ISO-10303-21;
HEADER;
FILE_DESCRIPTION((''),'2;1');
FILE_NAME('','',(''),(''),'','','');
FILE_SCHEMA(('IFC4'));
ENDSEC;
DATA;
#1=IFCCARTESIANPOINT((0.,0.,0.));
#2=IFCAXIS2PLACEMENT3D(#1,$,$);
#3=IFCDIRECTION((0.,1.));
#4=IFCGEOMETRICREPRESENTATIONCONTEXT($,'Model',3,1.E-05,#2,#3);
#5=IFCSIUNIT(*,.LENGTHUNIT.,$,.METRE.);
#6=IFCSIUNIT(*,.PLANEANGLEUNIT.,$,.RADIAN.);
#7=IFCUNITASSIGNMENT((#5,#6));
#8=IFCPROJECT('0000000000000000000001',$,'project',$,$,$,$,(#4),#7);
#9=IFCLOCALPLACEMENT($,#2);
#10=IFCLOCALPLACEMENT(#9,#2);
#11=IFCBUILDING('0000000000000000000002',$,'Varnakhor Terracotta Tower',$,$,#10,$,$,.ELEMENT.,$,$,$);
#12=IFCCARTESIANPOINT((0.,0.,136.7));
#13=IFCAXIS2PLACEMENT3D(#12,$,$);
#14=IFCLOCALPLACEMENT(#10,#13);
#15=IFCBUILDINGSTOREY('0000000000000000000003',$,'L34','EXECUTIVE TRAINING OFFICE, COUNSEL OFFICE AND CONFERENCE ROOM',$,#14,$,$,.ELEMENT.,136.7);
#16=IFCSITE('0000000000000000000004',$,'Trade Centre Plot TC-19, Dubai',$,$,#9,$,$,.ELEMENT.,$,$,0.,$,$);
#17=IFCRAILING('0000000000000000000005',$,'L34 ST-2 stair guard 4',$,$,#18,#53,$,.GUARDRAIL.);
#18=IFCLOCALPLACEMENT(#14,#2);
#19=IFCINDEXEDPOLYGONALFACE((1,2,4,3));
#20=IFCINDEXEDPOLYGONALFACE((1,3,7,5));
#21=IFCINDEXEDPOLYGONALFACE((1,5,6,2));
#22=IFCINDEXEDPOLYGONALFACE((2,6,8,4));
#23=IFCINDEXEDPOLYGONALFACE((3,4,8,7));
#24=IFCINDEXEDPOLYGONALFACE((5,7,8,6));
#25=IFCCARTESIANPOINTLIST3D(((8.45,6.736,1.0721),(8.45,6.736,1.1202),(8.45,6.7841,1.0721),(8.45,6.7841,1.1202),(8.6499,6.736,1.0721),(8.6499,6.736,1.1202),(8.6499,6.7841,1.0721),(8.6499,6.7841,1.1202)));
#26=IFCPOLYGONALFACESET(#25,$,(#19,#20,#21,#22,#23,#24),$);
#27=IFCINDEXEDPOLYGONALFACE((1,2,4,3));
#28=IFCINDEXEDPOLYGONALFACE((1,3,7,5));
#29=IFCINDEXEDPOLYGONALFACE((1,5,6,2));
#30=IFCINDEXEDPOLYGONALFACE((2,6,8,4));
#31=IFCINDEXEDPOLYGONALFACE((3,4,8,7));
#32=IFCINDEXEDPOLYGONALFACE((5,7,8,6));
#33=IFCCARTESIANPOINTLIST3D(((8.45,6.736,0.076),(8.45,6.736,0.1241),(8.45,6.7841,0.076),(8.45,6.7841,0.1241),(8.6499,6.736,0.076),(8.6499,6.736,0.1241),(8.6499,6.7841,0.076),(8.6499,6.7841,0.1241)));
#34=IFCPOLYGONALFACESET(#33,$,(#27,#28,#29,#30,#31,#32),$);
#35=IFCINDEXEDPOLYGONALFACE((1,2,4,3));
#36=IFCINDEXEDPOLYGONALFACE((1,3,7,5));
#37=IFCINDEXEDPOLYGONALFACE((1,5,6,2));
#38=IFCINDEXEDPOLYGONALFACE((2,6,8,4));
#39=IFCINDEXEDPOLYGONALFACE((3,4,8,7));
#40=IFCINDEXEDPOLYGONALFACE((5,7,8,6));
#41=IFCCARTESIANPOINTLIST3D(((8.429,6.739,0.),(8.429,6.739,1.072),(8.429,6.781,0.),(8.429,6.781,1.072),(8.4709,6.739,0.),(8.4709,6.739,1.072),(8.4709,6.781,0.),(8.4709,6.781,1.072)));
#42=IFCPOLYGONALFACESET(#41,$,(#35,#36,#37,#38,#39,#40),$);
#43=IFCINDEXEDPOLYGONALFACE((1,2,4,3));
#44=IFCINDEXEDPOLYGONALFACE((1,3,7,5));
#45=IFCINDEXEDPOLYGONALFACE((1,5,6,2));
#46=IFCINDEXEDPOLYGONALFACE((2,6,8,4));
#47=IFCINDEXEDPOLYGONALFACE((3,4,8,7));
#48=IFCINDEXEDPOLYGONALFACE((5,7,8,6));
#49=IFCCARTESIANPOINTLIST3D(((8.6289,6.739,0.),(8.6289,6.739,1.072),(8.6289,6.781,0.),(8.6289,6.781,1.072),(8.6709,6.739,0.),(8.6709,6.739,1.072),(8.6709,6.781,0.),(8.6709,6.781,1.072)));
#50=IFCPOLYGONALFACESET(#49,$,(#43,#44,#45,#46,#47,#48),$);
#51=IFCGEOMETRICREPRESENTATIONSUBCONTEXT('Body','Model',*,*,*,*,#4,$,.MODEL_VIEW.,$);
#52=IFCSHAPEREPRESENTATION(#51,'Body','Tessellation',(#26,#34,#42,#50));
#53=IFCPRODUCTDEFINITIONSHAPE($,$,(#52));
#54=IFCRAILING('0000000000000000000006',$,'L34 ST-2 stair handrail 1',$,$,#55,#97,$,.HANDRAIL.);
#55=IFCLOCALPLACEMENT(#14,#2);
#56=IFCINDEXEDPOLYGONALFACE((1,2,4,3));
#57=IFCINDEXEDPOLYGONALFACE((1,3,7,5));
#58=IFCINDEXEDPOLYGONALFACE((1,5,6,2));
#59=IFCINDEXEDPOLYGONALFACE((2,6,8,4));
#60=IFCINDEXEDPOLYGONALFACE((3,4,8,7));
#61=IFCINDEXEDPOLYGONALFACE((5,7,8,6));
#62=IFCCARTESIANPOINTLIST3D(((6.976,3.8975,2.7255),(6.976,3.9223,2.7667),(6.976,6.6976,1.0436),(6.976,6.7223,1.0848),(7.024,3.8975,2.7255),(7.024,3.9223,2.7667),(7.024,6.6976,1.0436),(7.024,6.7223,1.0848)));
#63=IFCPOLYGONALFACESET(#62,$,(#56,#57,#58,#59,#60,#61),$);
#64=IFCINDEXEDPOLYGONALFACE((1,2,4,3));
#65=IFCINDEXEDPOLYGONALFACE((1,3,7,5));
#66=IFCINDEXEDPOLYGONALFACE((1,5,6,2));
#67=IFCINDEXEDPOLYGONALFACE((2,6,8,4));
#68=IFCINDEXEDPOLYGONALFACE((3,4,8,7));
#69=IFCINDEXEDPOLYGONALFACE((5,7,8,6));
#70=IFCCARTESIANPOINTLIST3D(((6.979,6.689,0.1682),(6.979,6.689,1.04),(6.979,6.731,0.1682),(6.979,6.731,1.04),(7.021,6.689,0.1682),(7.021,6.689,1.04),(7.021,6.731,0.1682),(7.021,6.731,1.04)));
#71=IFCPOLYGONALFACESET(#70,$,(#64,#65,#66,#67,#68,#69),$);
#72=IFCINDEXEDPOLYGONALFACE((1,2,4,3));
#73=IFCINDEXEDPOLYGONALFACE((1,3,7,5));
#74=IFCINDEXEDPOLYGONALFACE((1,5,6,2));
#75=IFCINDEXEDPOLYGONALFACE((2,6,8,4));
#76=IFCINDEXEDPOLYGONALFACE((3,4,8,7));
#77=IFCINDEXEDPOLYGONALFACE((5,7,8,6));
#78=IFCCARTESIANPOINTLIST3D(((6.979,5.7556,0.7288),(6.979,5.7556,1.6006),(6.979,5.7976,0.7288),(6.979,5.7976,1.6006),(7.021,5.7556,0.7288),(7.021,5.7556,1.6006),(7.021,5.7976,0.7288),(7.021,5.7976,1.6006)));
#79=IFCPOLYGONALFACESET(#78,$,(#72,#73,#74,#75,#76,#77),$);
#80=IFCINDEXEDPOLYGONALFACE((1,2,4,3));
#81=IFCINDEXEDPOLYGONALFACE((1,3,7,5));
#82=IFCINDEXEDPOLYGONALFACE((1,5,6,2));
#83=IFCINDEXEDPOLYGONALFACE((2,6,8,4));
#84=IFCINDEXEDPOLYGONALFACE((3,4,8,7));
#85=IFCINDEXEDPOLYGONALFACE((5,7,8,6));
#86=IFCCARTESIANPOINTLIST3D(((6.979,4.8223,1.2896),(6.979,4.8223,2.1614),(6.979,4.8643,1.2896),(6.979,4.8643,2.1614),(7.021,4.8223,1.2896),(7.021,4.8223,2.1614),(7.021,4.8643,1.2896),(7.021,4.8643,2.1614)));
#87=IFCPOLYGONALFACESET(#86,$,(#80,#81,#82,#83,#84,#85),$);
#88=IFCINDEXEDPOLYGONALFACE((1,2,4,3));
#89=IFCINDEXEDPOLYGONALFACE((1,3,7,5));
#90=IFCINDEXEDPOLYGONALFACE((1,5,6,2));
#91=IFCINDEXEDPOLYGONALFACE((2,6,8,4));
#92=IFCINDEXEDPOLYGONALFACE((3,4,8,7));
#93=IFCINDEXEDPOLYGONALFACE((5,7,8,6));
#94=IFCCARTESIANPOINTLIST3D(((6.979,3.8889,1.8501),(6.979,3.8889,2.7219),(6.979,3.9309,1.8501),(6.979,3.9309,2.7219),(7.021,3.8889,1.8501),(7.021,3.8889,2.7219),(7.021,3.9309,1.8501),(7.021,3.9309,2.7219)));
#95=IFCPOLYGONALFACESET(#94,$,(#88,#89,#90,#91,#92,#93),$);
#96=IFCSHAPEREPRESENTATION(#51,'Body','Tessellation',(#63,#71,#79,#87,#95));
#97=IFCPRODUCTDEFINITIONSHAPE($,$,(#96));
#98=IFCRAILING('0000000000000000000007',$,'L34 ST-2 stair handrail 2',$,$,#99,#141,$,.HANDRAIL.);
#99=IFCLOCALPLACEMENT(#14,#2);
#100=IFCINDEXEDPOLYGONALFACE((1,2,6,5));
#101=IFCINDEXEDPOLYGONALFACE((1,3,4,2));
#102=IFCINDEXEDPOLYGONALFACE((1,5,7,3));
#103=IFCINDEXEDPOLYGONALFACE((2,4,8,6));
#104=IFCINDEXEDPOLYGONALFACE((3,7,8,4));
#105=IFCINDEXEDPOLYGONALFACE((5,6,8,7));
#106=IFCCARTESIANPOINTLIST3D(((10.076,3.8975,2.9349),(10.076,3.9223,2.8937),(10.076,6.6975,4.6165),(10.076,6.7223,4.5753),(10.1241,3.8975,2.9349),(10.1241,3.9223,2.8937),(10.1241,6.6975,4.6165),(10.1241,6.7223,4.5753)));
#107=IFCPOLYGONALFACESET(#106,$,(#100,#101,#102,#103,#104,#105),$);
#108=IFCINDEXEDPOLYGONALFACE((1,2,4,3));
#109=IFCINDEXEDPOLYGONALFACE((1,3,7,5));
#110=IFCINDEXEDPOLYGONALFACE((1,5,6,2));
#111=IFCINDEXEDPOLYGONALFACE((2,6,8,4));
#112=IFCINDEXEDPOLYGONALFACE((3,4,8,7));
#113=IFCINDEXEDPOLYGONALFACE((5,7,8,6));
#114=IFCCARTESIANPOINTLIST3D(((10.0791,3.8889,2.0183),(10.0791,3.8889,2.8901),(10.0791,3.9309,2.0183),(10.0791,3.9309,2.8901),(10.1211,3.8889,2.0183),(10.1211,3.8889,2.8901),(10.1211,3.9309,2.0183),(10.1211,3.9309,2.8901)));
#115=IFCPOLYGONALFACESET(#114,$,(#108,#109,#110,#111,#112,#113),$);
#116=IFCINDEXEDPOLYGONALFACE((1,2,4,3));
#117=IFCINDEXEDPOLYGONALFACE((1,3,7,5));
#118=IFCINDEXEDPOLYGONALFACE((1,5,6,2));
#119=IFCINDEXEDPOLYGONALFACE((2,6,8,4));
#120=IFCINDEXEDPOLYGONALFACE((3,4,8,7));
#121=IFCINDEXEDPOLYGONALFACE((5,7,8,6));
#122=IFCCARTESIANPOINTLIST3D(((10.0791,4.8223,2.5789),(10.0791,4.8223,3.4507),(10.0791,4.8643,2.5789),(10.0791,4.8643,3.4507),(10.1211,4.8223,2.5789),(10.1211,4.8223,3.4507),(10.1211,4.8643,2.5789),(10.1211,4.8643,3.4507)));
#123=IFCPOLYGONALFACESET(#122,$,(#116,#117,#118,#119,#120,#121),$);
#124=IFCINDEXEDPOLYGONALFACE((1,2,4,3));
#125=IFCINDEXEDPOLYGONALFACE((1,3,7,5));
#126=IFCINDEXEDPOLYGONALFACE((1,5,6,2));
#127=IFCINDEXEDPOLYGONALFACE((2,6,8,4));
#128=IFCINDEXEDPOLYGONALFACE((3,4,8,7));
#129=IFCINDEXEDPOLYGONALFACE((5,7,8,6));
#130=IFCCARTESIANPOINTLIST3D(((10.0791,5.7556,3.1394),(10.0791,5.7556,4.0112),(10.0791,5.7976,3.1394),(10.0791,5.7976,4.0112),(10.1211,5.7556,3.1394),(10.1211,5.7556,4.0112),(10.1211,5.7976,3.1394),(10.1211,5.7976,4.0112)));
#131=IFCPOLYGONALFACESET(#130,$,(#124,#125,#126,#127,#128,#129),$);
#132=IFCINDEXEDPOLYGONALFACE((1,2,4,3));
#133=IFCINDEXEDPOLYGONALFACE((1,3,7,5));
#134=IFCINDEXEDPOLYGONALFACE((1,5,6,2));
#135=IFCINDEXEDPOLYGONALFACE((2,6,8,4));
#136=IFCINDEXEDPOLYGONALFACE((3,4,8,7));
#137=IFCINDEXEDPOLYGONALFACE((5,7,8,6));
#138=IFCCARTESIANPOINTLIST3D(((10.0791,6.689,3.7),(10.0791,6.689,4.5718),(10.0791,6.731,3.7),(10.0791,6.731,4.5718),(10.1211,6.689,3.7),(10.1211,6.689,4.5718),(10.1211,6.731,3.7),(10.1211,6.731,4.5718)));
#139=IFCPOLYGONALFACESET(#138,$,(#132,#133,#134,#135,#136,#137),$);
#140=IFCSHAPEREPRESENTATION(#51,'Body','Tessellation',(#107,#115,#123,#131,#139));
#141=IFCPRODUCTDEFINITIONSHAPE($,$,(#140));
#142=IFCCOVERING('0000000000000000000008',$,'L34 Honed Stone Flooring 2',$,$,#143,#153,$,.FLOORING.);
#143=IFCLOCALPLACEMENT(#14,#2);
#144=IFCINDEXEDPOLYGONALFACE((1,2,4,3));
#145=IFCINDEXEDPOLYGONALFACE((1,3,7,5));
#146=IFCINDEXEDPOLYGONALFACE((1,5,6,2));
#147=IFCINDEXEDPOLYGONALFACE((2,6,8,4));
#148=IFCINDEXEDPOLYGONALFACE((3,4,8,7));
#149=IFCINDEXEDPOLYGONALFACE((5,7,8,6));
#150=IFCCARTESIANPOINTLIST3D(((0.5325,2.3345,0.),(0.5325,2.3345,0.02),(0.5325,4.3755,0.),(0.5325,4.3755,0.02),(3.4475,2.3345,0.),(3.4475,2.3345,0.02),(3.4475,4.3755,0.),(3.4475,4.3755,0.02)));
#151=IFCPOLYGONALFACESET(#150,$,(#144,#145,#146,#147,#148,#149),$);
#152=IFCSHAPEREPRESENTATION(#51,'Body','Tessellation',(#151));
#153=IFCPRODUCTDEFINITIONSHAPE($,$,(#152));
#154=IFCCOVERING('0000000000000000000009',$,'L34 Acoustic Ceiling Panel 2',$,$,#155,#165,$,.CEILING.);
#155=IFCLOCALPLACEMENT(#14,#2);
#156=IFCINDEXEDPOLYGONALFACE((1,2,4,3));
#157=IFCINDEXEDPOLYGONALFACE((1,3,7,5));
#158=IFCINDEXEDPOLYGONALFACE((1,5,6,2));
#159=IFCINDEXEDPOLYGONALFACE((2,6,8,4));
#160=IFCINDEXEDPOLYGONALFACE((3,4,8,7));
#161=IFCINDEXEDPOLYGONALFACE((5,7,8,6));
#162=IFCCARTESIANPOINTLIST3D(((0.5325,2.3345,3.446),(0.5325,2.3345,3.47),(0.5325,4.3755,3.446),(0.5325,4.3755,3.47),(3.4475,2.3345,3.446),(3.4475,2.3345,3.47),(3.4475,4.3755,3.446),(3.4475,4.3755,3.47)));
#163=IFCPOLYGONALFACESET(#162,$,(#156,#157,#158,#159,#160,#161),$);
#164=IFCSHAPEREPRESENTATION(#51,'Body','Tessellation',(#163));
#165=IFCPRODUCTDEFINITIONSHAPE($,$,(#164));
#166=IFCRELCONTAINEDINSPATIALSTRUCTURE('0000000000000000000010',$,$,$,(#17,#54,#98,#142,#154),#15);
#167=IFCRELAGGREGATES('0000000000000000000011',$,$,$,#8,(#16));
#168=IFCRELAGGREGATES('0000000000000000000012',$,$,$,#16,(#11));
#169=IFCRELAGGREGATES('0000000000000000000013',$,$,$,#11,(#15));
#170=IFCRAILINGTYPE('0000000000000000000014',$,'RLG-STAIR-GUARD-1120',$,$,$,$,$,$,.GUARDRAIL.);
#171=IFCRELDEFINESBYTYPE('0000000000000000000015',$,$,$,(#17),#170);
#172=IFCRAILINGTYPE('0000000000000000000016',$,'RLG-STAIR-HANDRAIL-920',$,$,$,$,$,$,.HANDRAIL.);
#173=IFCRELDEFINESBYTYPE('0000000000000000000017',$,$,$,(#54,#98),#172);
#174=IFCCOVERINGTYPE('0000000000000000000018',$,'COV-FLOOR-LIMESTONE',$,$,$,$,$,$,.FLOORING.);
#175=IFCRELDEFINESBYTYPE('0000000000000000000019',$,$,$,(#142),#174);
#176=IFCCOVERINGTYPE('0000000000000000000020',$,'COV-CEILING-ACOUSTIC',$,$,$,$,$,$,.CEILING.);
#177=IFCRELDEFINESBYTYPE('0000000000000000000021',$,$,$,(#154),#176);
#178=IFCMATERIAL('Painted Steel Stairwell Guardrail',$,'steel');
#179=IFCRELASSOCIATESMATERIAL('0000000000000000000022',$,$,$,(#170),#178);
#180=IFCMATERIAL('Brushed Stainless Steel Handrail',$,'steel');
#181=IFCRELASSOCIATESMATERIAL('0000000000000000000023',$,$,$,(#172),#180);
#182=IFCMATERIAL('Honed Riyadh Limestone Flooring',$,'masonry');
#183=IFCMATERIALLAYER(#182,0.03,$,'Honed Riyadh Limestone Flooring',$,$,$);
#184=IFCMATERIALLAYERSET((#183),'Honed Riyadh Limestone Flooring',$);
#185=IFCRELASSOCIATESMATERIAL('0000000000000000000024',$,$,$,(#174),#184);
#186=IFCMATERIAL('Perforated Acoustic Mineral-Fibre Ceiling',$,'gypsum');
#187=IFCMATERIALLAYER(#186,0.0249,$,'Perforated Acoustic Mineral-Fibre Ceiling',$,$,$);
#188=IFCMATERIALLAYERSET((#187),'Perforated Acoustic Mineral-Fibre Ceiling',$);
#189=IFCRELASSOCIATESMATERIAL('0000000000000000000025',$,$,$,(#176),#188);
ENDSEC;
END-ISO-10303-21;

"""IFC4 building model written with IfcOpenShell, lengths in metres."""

from ifc_helpers import new_model, si_unit, direction, frame, origin, origin_2d, place, context, subcontext, project, spatial, rectangle, extrude, source, transform, mapped, material, layer, layer_set, type_object, element, save


model = new_model("IFC4")

# Units and contexts
model_context = context("Model", 3, precision=1e-05, world=origin(), true_north=direction((0.0, 1.0)))
body_context = subcontext(model_context, "Body", "Model", "MODEL_VIEW")
ifc_project = project(units=[si_unit("LENGTHUNIT", "METRE"), si_unit("PLANEANGLEUNIT", "RADIAN")], contexts=[model_context])

# Site, building, storey
site_placement = place(None, origin())
site = spatial("IfcSite", under=ifc_project, at=site_placement, Name="Trade Centre Plot TC-19, Dubai", CompositionType="ELEMENT", RefElevation=0.0)
building_placement = place(site_placement, origin())
building = spatial("IfcBuilding", under=site, at=building_placement, Name="Varnakhor Terracotta Tower", CompositionType="ELEMENT")
storey_placement = place(building_placement, frame((0.0, 0.0, 136.7)))
storey = spatial("IfcBuildingStorey", under=building, at=storey_placement, Name="L34", Description="EXECUTIVE TRAINING OFFICE, COUNSEL OFFICE AND CONFERENCE ROOM", CompositionType="ELEMENT", Elevation=136.7)

# Railings
ifc_material_1 = material(Name="Painted Steel Stairwell Guardrail", Category="steel")
railing_type_1 = type_object("IfcRailingType", Name="RLG-STAIR-GUARD-1120", PredefinedType="GUARDRAIL", material=ifc_material_1)
railing_1_placement = place(storey_placement, frame((8.45, 6.76, 0.0)))
element("IfcRailing", 1, at=railing_1_placement, inside=storey, type_object=railing_type_1, Name="L34 ST-2 stair guard 4", PredefinedType="GUARDRAIL", context=body_context, shape_type="SweptSolid", body=[
    extrude(rectangle(XDim=0.0481, YDim=0.0481, at=origin_2d()), frame((0.0, 0.0, 1.0962), z_axis=(1.0, 0.0, 0.0), x_axis=(0.0, 1.0, 0.0)), (0.0, 0.0, 1.0), 0.2),
    extrude(rectangle(XDim=0.0481, YDim=0.0481, at=origin_2d()), frame((0.0, 0.0, 0.1001), z_axis=(1.0, 0.0, 0.0), x_axis=(0.0, 1.0, 0.0)), (0.0, 0.0, 1.0), 0.2),
    extrude(rectangle(XDim=0.042, YDim=0.042, at=origin_2d()), origin(), (0.0, 0.0, 1.0), 1.072),
    extrude(rectangle(XDim=0.042, YDim=0.042, at=origin_2d()), frame((0.2, 0.0, 0.0)), (0.0, 0.0, 1.0), 1.072),
])
ifc_material_2 = material(Name="Brushed Stainless Steel Handrail", Category="steel")
railing_type_2 = type_object("IfcRailingType", Name="RLG-STAIR-HANDRAIL-920", PredefinedType="HANDRAIL", material=ifc_material_2)
railing_2_placement = place(storey_placement, frame((7.0, 6.71, 0.1682)))
element("IfcRailing", 2, at=railing_2_placement, inside=storey, type_object=railing_type_2, Name="L34 ST-2 stair handrail 1", PredefinedType="HANDRAIL", context=body_context, shape_type="SweptSolid", body=[
    extrude(rectangle(XDim=0.0481, YDim=0.0481, at=origin_2d()), frame((0.0, 0.0, 0.896), z_axis=(0.0, -0.857242, 0.514913), x_axis=(1.0, 0.0, 0.0)), (0.0, 0.0, 1.0), 3.2664),
    extrude(rectangle(XDim=0.042, YDim=0.042, at=origin_2d()), origin(), (0.0, 0.0, 1.0), 0.8718),
    extrude(rectangle(XDim=0.042, YDim=0.042, at=origin_2d()), frame((0.0, -0.9333, 0.5605)), (0.0, 0.0, 1.0), 0.8718),
    extrude(rectangle(XDim=0.042, YDim=0.042, at=origin_2d()), frame((0.0, -1.8667, 1.1213)), (0.0, 0.0, 1.0), 0.8718),
    extrude(rectangle(XDim=0.042, YDim=0.042, at=origin_2d()), frame((0.0, -2.8, 1.6819)), (0.0, 0.0, 1.0), 0.8718),
])
railing_3_placement = place(storey_placement, frame((10.1001, 3.9099, 2.0183)))
element("IfcRailing", 3, at=railing_3_placement, inside=storey, type_object=railing_type_2, Name="L34 ST-2 stair handrail 2", PredefinedType="HANDRAIL", context=body_context, shape_type="SweptSolid", body=[
    extrude(rectangle(XDim=0.0481, YDim=0.0481, at=origin_2d()), frame((0.0, 0.0, 0.896), z_axis=(0.0, 0.857275, 0.514858), x_axis=(-1.0, 0.0, 0.0)), (0.0, 0.0, 1.0), 3.2661),
    extrude(rectangle(XDim=0.042, YDim=0.042, at=origin_2d()), origin(), (0.0, 0.0, 1.0), 0.8718),
    extrude(rectangle(XDim=0.042, YDim=0.042, at=origin_2d()), frame((0.0, 0.9333, 0.5605)), (0.0, 0.0, 1.0), 0.8718),
    extrude(rectangle(XDim=0.042, YDim=0.042, at=origin_2d()), frame((0.0, 1.8667, 1.1211)), (0.0, 0.0, 1.0), 0.8718),
    extrude(rectangle(XDim=0.042, YDim=0.042, at=origin_2d()), frame((0.0, 2.8, 1.6816)), (0.0, 0.0, 1.0), 0.8718),
])

# Coverings
ifc_material_3 = material(Name="Honed Riyadh Limestone Flooring", Category="masonry")
ifc_layer_1 = layer(ifc_material_3, 0.03, Name="Honed Riyadh Limestone Flooring")
ifc_layer_set_1 = layer_set([ifc_layer_1], Name="Honed Riyadh Limestone Flooring")
covering_type_1 = type_object("IfcCoveringType", Name="COV-FLOOR-LIMESTONE", PredefinedType="FLOORING", material=ifc_layer_set_1)
shared_shape_1 = source(origin(), body_context, "Body", "SweptSolid", [
    extrude(rectangle(XDim=2.915, YDim=2.041, at=origin_2d()), origin(), (0.0, 0.0, 1.0), 0.02),
])
covering_1_placement = place(storey_placement, frame((1.99, 3.355, 0.0), z_axis=(0.0, 0.0, 1.0), x_axis=(1.0, 0.0, 0.0)))
element("IfcCovering", 4, at=covering_1_placement, inside=storey, type_object=covering_type_1, Name="L34 Honed Stone Flooring 2", PredefinedType="FLOORING", context=body_context, shape_type="MappedRepresentation", body=[
    mapped(shared_shape_1, transform((0.0, 0.0, 0.0), scale=1.0)),
])
ifc_material_4 = material(Name="Perforated Acoustic Mineral-Fibre Ceiling", Category="gypsum")
ifc_layer_2 = layer(ifc_material_4, 0.0249, Name="Perforated Acoustic Mineral-Fibre Ceiling")
ifc_layer_set_2 = layer_set([ifc_layer_2], Name="Perforated Acoustic Mineral-Fibre Ceiling")
covering_type_2 = type_object("IfcCoveringType", Name="COV-CEILING-ACOUSTIC", PredefinedType="CEILING", material=ifc_layer_set_2)
shared_shape_2 = source(origin(), body_context, "Body", "SweptSolid", [
    extrude(rectangle(XDim=2.915, YDim=2.041, at=origin_2d()), origin(), (0.0, 0.0, 1.0), 0.0239),
])
covering_2_placement = place(storey_placement, frame((1.99, 3.355, 3.446), z_axis=(0.0, 0.0, 1.0), x_axis=(1.0, 0.0, 0.0)))
element("IfcCovering", 5, at=covering_2_placement, inside=storey, type_object=covering_type_2, Name="L34 Acoustic Ceiling Panel 2", PredefinedType="CEILING", context=body_context, shape_type="MappedRepresentation", body=[
    mapped(shared_shape_2, transform((0.0, 0.0, 0.0), scale=1.0)),
])

save(model, "model.ifc")
